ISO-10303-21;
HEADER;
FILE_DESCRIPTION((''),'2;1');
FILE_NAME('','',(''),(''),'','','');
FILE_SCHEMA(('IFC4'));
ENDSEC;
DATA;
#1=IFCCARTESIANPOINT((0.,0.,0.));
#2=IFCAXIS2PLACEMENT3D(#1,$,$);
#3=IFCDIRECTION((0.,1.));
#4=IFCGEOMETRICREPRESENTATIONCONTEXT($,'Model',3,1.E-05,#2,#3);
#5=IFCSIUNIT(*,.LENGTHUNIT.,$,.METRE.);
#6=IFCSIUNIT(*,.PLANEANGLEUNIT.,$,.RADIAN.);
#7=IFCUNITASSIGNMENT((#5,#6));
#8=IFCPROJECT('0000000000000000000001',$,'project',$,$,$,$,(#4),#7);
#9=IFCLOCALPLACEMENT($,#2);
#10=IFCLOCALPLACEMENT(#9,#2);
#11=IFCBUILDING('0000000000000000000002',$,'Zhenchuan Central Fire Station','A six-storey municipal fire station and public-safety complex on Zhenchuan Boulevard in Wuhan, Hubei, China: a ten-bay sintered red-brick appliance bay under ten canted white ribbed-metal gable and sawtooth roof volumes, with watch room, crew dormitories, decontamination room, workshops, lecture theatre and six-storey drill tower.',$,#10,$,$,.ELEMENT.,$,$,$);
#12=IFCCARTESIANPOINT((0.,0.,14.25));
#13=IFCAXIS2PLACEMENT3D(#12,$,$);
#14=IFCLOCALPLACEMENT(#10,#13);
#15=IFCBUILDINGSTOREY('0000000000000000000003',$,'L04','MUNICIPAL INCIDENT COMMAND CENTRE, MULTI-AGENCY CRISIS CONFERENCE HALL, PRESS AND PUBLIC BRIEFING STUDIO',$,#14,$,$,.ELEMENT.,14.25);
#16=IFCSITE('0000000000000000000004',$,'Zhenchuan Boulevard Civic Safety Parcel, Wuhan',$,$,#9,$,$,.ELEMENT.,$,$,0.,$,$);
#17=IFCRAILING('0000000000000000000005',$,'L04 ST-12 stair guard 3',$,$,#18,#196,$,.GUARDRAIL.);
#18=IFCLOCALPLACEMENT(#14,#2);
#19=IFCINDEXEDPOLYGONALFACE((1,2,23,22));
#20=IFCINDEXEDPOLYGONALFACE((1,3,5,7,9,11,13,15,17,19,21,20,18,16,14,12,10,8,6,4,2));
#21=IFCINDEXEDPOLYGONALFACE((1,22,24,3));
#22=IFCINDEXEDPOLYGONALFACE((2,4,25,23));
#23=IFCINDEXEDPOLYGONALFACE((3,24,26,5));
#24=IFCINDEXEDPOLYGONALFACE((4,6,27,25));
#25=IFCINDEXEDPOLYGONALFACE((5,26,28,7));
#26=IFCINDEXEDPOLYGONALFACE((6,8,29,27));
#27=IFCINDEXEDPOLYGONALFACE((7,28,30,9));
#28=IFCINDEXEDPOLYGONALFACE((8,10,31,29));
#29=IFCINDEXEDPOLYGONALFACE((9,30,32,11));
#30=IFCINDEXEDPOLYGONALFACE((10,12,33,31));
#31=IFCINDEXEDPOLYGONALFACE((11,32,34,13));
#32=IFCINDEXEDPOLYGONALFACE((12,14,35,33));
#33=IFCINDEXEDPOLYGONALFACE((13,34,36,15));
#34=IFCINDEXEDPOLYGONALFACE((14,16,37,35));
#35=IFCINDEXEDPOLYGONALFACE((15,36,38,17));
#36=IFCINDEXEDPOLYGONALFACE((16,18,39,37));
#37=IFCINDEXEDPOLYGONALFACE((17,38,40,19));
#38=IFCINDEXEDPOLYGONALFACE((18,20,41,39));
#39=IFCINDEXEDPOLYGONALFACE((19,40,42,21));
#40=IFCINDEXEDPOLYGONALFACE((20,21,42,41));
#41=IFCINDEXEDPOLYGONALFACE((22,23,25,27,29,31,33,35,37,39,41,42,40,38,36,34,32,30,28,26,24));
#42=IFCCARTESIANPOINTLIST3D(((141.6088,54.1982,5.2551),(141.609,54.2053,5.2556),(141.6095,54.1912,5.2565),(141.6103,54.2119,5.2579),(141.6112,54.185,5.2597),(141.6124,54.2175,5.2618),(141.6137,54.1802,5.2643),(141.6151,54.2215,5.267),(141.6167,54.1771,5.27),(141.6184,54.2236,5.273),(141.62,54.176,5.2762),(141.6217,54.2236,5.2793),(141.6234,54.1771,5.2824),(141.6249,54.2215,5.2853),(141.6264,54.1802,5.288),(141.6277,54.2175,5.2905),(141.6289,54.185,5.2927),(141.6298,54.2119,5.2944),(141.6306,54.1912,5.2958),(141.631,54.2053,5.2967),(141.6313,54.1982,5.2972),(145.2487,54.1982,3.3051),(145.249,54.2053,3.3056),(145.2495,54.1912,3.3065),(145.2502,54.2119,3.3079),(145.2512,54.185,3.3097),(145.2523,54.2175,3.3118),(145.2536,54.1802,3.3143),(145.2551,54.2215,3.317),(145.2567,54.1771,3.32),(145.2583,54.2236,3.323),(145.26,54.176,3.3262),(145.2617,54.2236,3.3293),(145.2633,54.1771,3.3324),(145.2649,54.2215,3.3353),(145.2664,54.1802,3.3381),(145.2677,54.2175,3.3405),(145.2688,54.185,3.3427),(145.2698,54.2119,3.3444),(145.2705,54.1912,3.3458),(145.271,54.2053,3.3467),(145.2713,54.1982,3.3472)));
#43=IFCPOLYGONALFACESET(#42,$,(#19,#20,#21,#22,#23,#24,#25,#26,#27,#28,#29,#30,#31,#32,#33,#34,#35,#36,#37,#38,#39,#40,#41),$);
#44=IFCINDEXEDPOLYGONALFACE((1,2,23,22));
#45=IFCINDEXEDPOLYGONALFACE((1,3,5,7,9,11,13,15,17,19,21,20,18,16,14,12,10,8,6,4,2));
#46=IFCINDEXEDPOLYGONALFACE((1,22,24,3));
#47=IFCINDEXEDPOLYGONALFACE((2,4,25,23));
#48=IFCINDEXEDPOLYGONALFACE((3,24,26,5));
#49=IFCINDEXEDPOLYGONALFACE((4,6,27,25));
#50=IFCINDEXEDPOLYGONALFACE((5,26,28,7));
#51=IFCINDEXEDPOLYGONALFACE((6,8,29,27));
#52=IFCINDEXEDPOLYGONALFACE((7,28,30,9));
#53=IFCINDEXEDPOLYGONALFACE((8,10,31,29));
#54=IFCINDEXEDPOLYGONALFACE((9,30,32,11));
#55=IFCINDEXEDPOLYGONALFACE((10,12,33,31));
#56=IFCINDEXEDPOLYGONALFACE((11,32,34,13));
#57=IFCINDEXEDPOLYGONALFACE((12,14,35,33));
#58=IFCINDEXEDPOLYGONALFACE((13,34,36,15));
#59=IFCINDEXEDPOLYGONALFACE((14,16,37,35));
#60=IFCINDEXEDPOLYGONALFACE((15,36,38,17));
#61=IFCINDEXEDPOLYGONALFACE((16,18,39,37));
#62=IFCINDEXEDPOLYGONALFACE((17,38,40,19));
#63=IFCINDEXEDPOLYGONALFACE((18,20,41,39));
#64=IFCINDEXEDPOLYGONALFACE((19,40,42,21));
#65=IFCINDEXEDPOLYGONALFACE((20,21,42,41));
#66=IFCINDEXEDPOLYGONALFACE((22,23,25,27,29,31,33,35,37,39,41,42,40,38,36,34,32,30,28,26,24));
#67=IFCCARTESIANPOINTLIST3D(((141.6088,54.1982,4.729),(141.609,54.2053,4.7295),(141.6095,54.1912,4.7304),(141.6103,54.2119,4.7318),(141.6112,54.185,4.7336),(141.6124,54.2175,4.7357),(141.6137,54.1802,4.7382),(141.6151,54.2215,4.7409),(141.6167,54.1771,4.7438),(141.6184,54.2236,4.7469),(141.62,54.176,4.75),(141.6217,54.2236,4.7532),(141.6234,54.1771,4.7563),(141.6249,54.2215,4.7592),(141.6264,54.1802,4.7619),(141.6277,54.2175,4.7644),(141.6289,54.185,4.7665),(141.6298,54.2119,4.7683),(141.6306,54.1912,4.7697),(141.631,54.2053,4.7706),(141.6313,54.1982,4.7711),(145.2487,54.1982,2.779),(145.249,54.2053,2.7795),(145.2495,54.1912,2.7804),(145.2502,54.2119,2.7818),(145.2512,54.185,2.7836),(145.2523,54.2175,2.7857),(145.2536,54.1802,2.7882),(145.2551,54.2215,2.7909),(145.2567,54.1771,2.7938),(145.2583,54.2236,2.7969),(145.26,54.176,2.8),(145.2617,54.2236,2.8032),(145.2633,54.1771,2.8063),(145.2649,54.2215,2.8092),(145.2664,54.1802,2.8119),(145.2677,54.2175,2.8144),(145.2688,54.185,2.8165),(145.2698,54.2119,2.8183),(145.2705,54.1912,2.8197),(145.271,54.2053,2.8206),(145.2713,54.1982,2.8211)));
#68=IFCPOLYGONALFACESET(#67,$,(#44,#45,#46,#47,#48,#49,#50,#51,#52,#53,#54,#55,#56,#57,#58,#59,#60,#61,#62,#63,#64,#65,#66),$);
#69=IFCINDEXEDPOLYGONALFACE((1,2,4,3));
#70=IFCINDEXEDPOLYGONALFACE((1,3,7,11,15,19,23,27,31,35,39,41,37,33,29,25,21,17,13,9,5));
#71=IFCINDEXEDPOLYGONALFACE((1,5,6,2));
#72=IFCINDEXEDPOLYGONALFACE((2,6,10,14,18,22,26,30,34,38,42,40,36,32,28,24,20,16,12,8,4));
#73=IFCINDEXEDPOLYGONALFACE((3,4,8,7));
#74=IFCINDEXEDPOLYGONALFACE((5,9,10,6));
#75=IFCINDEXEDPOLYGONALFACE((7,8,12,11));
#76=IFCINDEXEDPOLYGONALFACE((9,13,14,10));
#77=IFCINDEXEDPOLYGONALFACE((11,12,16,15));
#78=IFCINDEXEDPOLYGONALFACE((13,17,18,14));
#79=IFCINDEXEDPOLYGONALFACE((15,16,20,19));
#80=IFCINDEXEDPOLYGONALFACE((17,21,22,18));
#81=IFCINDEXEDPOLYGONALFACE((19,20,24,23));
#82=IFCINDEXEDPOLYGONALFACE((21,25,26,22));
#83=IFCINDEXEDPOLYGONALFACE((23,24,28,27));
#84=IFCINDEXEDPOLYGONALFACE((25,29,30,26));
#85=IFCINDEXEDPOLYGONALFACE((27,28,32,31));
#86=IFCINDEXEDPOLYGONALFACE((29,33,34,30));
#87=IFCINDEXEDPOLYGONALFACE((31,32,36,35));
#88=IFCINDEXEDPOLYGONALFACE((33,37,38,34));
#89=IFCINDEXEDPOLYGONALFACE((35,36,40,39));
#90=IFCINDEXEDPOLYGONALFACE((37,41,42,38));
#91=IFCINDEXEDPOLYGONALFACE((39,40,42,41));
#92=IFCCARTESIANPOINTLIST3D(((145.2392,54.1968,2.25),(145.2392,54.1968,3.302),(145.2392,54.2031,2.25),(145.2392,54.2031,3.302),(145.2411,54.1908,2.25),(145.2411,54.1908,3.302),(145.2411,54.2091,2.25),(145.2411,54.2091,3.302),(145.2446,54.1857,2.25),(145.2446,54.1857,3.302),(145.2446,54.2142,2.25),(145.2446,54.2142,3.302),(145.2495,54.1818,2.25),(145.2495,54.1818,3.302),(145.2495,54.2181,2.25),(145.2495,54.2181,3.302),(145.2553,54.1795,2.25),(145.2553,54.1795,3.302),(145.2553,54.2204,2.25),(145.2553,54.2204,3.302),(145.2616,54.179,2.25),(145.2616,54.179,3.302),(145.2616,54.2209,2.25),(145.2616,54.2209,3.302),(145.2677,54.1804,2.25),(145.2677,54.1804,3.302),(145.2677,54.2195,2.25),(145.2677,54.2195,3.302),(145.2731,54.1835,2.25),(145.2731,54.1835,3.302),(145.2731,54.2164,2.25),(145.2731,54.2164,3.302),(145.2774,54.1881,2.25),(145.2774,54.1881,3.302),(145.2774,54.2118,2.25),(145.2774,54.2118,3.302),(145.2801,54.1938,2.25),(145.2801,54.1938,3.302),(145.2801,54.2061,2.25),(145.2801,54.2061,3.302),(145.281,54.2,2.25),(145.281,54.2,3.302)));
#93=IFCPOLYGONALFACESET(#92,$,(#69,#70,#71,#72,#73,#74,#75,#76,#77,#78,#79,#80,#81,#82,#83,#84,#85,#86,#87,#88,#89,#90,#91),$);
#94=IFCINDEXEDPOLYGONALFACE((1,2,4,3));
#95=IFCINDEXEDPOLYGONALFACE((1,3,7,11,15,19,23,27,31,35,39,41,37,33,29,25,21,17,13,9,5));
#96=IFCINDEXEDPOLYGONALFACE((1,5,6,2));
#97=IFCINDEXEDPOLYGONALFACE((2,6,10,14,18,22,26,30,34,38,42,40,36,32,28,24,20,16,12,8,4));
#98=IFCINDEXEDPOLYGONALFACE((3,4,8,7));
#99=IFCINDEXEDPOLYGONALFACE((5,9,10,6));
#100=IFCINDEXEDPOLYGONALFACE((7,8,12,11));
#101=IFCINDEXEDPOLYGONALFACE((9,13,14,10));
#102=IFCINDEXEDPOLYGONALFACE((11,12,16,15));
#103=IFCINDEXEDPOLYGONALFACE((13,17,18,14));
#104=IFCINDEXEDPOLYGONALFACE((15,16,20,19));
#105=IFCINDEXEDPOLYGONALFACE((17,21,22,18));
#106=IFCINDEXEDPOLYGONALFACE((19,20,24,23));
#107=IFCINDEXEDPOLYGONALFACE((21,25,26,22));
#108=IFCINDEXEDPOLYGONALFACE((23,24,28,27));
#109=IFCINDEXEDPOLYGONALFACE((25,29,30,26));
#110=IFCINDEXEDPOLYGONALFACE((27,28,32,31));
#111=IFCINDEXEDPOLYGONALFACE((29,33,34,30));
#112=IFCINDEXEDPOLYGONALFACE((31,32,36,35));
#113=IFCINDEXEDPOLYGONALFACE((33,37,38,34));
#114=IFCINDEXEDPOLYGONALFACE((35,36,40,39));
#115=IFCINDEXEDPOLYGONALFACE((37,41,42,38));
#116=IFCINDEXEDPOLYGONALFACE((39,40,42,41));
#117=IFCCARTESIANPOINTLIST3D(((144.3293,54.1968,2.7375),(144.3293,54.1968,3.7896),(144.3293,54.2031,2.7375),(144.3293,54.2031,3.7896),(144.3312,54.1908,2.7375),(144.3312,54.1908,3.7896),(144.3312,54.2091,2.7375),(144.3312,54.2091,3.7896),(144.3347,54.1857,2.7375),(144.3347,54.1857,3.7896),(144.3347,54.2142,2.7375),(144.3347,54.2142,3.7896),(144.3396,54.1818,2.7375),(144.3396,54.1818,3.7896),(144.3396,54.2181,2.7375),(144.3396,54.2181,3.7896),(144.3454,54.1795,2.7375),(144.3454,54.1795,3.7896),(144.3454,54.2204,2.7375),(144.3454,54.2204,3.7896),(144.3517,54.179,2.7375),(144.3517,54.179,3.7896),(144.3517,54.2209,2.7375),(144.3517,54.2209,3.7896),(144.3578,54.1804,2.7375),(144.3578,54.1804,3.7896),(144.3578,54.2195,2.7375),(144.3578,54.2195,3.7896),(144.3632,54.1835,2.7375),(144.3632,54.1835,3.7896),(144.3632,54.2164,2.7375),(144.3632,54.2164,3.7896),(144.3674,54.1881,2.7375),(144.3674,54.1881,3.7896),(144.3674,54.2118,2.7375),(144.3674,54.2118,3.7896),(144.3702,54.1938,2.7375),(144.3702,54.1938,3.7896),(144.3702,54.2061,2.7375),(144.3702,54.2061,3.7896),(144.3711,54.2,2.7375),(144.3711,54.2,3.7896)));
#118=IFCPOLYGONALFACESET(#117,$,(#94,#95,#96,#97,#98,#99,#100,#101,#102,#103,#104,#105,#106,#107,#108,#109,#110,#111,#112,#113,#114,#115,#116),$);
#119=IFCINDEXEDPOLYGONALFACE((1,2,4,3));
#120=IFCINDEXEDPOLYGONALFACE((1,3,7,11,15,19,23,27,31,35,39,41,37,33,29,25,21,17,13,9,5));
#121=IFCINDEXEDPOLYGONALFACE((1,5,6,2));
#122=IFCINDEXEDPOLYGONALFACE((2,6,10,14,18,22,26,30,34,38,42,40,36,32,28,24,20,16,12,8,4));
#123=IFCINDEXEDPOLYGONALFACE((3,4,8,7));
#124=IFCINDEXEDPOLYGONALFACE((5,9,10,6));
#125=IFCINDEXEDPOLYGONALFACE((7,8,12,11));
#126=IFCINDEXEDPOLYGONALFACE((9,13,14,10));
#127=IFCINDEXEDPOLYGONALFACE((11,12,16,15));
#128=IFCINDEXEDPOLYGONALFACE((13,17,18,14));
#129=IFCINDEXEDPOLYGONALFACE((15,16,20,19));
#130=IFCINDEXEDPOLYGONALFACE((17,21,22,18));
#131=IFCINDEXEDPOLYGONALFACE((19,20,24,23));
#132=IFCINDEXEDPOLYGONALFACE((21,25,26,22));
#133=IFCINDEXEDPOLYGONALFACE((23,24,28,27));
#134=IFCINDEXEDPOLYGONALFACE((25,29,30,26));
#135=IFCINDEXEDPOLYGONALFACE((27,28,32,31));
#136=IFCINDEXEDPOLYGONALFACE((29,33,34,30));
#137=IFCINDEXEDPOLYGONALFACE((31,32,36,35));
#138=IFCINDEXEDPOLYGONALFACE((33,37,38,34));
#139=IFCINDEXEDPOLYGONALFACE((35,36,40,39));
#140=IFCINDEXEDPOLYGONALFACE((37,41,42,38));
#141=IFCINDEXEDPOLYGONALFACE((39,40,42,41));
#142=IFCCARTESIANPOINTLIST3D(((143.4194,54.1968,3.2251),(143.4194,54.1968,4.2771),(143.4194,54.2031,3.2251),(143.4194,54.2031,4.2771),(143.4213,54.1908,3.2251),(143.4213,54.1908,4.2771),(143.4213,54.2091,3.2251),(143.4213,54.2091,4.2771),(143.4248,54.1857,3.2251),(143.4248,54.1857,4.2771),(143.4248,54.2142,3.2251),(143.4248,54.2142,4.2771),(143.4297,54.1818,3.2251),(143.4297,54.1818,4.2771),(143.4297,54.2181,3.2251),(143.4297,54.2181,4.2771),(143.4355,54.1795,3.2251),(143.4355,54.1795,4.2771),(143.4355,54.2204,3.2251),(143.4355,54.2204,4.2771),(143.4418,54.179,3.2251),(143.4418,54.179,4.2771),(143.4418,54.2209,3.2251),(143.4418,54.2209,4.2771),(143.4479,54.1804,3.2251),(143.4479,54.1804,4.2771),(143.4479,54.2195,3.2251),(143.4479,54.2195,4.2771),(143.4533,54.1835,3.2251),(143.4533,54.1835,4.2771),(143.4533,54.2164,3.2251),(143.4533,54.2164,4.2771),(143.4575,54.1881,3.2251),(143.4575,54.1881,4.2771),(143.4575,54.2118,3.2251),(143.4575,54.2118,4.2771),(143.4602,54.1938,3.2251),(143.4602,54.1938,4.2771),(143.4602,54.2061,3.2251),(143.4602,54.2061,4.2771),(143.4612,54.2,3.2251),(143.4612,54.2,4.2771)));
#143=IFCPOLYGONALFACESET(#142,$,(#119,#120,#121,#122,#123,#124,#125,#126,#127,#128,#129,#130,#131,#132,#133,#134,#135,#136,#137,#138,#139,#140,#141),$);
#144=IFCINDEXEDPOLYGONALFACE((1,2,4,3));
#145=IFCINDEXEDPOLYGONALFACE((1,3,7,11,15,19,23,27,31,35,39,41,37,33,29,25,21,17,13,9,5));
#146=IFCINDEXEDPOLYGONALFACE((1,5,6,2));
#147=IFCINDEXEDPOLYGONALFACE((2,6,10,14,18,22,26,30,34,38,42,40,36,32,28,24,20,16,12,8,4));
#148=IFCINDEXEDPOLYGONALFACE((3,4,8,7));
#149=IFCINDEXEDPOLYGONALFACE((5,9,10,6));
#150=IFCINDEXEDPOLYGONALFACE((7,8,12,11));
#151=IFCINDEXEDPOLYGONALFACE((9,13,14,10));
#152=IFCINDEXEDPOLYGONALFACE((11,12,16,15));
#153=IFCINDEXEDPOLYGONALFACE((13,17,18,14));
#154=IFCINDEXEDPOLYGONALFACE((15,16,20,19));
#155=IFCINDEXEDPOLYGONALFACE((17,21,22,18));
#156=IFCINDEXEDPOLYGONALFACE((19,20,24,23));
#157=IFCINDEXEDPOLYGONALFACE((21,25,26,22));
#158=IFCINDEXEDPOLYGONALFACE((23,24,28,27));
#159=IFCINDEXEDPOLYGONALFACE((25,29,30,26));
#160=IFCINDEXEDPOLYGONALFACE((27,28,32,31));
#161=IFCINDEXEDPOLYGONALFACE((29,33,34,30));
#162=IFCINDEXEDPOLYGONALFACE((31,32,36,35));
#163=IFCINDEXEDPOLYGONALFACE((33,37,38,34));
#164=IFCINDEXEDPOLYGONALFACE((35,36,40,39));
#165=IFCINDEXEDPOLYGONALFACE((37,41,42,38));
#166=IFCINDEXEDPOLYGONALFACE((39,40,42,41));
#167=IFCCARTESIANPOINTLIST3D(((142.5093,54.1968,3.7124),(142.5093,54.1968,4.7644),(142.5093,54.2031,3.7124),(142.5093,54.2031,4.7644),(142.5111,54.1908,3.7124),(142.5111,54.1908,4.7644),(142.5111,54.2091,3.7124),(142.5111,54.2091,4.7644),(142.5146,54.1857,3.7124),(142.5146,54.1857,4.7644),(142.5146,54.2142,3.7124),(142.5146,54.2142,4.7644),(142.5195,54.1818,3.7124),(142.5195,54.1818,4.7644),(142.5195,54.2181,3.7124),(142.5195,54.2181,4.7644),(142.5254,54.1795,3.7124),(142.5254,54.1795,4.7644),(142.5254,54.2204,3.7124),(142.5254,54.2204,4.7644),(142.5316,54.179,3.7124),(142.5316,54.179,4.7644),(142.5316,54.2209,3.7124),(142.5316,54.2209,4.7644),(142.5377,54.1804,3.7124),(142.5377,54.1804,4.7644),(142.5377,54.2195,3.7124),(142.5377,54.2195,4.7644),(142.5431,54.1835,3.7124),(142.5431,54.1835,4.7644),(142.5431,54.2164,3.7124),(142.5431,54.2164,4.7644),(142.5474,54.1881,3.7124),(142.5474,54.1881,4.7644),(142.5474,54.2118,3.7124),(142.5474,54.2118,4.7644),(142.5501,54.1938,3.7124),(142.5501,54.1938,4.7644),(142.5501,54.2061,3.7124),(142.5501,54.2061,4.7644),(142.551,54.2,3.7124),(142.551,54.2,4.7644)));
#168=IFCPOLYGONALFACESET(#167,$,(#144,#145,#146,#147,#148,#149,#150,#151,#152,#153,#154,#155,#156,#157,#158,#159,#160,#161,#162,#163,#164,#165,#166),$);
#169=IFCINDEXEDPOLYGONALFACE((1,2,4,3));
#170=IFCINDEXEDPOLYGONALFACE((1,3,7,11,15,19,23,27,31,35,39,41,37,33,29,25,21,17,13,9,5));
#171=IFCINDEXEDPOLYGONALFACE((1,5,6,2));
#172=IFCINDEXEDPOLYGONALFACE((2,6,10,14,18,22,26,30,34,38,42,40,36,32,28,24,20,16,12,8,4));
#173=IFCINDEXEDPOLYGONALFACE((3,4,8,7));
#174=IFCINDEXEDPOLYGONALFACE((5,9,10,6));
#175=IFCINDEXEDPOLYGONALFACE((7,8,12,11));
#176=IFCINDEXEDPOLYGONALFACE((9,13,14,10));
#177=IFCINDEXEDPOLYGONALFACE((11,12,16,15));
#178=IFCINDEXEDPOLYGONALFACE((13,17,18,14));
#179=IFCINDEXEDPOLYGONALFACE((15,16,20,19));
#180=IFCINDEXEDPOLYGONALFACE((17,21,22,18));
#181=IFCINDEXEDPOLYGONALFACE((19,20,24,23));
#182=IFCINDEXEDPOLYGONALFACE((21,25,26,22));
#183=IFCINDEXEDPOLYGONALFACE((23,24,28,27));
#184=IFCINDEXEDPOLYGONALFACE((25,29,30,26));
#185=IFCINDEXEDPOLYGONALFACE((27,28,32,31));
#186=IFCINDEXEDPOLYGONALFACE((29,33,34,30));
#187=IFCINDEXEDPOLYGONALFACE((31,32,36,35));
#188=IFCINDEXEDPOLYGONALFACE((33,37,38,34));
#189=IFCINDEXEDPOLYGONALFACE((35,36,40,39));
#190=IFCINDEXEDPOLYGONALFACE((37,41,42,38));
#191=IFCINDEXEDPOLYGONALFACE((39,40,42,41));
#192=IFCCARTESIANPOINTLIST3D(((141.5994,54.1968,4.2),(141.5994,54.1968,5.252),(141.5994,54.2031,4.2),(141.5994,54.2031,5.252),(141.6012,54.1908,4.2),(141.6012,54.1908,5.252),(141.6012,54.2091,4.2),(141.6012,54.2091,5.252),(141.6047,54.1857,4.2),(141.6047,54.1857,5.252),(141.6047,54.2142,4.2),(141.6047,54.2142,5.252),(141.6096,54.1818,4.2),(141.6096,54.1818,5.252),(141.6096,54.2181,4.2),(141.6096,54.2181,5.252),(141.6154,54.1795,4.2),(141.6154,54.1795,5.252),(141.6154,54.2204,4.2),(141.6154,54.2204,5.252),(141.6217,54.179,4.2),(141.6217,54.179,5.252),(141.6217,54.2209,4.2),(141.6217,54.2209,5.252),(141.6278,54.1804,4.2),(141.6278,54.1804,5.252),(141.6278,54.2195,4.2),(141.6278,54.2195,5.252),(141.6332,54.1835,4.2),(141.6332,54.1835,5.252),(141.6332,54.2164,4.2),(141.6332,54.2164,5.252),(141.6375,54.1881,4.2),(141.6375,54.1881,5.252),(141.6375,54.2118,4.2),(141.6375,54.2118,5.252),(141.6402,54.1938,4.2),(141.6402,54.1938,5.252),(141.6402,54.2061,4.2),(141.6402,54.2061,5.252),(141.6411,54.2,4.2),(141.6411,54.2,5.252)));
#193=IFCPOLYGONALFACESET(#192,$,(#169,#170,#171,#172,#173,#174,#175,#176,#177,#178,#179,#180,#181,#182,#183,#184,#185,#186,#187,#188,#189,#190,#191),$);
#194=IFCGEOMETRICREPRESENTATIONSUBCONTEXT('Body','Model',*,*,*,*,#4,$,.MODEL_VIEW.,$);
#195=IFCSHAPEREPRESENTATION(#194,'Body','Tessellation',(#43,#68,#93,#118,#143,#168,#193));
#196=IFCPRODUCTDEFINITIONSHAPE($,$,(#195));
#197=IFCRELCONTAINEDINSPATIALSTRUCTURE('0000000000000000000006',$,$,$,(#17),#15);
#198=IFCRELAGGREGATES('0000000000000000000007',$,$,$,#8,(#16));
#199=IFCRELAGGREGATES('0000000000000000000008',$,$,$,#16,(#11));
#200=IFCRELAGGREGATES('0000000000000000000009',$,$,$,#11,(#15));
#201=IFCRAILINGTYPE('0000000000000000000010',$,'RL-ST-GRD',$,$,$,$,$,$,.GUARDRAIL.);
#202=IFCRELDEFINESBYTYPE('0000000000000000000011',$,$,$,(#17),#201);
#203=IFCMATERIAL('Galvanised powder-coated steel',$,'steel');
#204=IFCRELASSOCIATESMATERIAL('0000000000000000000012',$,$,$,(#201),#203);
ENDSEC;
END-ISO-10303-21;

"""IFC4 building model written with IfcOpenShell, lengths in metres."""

from ifc_helpers import new_model, si_unit, direction, frame, origin, origin_2d, place, context, subcontext, project, spatial, circle, extrude, material, type_object, element, save


model = new_model("IFC4")

# Units and contexts
model_context = context("Model", 3, precision=1e-05, world=origin(), true_north=direction((0.0, 1.0)))
body_context = subcontext(model_context, "Body", "Model", "MODEL_VIEW")
ifc_project = project(units=[si_unit("LENGTHUNIT", "METRE"), si_unit("PLANEANGLEUNIT", "RADIAN")], contexts=[model_context])

# Site, building, storey
site_placement = place(None, origin())
site = spatial("IfcSite", under=ifc_project, at=site_placement, Name="Zhenchuan Boulevard Civic Safety Parcel, Wuhan", CompositionType="ELEMENT", RefElevation=0.0)
building_placement = place(site_placement, origin())
building = spatial("IfcBuilding", under=site, at=building_placement, Name="Zhenchuan Central Fire Station", Description="A six-storey municipal fire station and public-safety complex on Zhenchuan Boulevard in Wuhan, Hubei, China: a ten-bay sintered red-brick appliance bay under ten canted white ribbed-metal gable and sawtooth roof volumes, with watch room, crew dormitories, decontamination room, workshops, lecture theatre and six-storey drill tower.", CompositionType="ELEMENT")
storey_placement = place(building_placement, frame((0.0, 0.0, 14.25)))
storey = spatial("IfcBuildingStorey", under=building, at=storey_placement, Name="L04", Description="MUNICIPAL INCIDENT COMMAND CENTRE, MULTI-AGENCY CRISIS CONFERENCE HALL, PRESS AND PUBLIC BRIEFING STUDIO", CompositionType="ELEMENT", Elevation=14.25)

# Railing
ifc_material_1 = material(Name="Galvanised powder-coated steel", Category="steel")
railing_type_1 = type_object("IfcRailingType", Name="RL-ST-GRD", PredefinedType="GUARDRAIL", material=ifc_material_1)
railing_1_placement = place(storey_placement, frame((145.26, 54.2, 2.25)))
element("IfcRailing", 1, at=railing_1_placement, inside=storey, type_object=railing_type_1, Name="L04 ST-12 stair guard 3", PredefinedType="GUARDRAIL", context=body_context, shape_type="SweptSolid", body=[
    extrude(circle(Radius=0.0239, at=origin_2d()), frame((0.0, 0.0, 1.0762), z_axis=(-0.881479, 0.0, 0.472223), x_axis=(0.0, -1.0, 0.0)), (0.0, 0.0, 1.0), 4.1294),
    extrude(circle(Radius=0.0239, at=origin_2d()), frame((0.0, 0.0, 0.55), z_axis=(-0.881479, 0.0, 0.472223), x_axis=(0.0, -1.0, 0.0)), (0.0, 0.0, 1.0), 4.1294),
    extrude(circle(Radius=0.021, at=origin_2d()), origin(), (0.0, 0.0, 1.0), 1.052),
    extrude(circle(Radius=0.021, at=origin_2d()), frame((-0.9099, 0.0, 0.4875)), (0.0, 0.0, 1.0), 1.052),
    extrude(circle(Radius=0.021, at=origin_2d()), frame((-1.8198, 0.0, 0.9751)), (0.0, 0.0, 1.0), 1.052),
    extrude(circle(Radius=0.021, at=origin_2d()), frame((-2.73, 0.0, 1.4624)), (0.0, 0.0, 1.0), 1.052),
    extrude(circle(Radius=0.021, at=origin_2d()), frame((-3.6399, 0.0, 1.95)), (0.0, 0.0, 1.0), 1.052),
])

save(model, "model.ifc")
